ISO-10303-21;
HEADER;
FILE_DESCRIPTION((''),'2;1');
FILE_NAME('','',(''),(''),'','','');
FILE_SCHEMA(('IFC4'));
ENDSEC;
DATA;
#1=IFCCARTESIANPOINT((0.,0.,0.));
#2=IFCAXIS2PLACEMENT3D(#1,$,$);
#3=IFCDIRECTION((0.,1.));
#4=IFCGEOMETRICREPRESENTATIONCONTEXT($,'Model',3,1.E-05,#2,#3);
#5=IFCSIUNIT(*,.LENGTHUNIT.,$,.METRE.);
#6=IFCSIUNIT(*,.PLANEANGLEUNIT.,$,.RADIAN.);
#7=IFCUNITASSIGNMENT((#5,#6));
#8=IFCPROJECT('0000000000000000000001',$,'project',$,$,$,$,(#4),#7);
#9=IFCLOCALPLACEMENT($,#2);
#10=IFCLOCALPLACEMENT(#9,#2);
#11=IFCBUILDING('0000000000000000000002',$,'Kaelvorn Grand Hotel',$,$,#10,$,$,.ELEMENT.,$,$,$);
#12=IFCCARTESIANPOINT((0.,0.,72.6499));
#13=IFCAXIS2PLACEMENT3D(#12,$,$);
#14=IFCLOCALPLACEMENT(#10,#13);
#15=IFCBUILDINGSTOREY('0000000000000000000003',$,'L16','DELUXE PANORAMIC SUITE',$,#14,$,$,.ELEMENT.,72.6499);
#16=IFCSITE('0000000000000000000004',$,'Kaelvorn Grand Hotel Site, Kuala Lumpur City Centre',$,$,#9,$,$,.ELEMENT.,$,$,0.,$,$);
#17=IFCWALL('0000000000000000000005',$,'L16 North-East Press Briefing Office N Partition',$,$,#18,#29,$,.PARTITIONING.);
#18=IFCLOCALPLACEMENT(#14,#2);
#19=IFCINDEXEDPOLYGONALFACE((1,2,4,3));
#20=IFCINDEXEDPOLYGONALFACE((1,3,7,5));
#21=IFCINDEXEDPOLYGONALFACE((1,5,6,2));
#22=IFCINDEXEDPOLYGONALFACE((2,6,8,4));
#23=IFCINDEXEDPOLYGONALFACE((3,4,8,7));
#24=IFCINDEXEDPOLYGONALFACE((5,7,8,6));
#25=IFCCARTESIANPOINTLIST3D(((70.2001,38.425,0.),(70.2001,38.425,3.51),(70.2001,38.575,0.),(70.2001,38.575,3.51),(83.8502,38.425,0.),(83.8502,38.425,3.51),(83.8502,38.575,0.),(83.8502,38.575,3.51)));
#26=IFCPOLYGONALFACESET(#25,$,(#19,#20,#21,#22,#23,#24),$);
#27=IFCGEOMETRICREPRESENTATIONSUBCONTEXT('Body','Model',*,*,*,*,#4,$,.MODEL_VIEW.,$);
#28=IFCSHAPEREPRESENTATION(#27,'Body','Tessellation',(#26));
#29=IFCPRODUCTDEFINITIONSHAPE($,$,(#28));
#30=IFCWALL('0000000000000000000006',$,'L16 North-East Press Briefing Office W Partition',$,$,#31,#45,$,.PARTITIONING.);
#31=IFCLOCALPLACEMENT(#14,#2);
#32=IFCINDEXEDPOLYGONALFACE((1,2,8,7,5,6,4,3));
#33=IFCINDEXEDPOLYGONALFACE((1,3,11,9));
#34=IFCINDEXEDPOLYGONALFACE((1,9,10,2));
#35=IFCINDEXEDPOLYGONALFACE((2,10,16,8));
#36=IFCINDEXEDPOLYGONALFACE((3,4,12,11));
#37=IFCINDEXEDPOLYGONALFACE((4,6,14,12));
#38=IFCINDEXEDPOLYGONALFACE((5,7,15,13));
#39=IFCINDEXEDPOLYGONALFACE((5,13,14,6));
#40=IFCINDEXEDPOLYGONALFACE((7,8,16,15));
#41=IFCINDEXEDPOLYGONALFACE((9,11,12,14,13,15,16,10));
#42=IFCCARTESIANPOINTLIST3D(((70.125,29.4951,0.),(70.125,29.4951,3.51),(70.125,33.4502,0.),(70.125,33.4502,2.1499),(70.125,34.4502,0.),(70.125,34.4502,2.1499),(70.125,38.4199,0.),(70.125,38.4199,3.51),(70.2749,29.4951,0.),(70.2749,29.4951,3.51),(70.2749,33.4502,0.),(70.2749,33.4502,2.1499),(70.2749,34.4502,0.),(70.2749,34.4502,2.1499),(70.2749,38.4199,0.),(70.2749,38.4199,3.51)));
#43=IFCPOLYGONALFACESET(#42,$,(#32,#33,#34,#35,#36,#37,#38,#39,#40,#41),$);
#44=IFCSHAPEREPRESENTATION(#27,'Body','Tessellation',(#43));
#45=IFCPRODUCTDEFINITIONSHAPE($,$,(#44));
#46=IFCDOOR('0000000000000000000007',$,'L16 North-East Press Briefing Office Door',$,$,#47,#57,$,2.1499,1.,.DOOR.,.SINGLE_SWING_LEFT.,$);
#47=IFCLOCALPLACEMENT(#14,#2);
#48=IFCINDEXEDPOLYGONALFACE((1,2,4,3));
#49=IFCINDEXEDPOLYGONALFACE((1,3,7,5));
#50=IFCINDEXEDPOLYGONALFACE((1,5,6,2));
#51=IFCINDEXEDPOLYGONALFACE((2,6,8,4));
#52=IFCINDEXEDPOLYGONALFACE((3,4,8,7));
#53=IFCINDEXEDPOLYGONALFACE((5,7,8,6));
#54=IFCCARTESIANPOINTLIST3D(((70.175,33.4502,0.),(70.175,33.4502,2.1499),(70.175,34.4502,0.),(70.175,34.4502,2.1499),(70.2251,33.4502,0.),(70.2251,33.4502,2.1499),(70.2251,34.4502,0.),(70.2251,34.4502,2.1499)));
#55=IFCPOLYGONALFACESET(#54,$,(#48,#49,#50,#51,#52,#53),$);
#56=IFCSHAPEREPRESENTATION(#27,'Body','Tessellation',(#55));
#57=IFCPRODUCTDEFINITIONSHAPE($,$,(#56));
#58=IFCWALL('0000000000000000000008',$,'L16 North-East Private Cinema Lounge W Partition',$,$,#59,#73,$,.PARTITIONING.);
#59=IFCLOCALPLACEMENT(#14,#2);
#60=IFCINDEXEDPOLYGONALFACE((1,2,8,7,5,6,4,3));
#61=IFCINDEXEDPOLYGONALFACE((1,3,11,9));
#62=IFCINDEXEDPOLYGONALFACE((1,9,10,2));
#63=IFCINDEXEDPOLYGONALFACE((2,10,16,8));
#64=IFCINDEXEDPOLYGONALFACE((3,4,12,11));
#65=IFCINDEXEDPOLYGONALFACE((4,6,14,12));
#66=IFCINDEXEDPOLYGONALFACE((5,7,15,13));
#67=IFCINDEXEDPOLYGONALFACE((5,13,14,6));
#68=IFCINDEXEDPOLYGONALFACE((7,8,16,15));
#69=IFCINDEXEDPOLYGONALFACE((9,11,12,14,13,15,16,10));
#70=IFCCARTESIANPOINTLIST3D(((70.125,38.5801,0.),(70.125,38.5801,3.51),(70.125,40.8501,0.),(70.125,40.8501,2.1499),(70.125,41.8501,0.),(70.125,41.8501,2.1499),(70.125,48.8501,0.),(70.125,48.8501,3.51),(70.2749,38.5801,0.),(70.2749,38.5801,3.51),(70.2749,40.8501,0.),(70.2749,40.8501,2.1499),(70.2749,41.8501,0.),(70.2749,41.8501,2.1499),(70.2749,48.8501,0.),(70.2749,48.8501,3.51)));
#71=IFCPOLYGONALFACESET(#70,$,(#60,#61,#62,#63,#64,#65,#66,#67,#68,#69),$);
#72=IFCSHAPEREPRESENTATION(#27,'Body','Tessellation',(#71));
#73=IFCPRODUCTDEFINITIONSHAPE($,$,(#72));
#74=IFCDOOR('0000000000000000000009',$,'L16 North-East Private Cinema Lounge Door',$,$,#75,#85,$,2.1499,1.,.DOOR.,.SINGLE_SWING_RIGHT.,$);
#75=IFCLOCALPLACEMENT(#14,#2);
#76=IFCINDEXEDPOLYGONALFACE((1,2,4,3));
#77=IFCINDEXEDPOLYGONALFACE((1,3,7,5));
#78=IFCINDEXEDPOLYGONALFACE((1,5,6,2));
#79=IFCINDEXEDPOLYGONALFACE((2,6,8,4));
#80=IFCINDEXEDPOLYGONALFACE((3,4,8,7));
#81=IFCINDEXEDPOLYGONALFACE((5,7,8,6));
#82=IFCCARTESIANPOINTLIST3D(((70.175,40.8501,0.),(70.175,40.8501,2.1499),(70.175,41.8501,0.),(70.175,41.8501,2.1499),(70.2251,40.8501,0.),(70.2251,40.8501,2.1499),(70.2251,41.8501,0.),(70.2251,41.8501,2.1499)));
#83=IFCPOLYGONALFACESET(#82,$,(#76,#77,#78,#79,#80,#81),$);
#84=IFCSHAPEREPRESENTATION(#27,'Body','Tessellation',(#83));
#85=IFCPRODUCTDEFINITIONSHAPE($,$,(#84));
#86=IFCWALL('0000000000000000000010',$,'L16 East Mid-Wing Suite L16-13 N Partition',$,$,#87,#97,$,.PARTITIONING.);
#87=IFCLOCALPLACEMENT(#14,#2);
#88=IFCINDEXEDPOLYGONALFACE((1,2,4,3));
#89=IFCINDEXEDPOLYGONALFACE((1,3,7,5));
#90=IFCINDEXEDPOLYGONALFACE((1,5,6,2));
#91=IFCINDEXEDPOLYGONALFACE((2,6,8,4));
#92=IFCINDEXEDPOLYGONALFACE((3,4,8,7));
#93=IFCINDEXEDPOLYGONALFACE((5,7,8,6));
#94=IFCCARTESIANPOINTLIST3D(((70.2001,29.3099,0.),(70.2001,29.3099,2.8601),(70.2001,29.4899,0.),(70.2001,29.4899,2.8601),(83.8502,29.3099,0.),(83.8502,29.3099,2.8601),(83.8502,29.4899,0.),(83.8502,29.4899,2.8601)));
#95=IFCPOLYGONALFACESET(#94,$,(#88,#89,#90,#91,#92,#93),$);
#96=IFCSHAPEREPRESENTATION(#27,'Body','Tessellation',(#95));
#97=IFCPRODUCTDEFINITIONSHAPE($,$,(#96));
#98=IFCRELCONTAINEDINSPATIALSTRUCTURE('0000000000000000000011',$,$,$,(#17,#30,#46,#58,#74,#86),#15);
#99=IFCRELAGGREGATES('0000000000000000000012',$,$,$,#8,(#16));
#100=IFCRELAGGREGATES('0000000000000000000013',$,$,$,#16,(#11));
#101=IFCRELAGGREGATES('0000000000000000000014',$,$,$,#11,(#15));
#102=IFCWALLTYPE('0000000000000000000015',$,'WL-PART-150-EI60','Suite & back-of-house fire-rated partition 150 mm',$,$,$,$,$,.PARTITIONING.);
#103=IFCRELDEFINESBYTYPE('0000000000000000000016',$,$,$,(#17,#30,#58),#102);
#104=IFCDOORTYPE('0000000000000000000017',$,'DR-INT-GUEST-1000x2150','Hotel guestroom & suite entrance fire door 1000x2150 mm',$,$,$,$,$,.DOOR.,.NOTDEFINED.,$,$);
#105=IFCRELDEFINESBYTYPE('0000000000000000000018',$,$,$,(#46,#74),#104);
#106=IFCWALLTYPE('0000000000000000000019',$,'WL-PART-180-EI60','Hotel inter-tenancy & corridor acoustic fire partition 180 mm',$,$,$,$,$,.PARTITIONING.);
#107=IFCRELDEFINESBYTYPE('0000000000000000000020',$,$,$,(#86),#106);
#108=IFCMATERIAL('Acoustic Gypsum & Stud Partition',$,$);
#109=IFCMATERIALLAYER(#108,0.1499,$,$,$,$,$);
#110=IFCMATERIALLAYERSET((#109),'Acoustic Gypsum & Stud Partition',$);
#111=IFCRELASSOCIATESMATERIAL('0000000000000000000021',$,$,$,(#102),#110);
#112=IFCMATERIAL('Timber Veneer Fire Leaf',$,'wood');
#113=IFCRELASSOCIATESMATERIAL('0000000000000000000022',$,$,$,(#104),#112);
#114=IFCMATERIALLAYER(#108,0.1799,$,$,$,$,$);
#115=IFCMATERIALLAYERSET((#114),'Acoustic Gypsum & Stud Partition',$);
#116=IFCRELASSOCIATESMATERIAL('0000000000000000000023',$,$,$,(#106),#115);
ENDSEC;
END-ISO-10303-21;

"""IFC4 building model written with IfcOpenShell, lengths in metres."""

from ifc_helpers import new_model, si_unit, direction, frame, frame_2d, origin, place, context, subcontext, project, spatial, rectangle, extrude, material, layer, layer_set, type_object, element, fill, save


model = new_model("IFC4")

# Units and contexts
model_context = context("Model", 3, precision=1e-05, world=origin(), true_north=direction((0.0, 1.0)))
body_context = subcontext(model_context, "Body", "Model", "MODEL_VIEW")
ifc_project = project(units=[si_unit("LENGTHUNIT", "METRE"), si_unit("PLANEANGLEUNIT", "RADIAN")], contexts=[model_context])

# Site, building, storey
site_placement = place(None, origin())
site = spatial("IfcSite", under=ifc_project, at=site_placement, Name="Kaelvorn Grand Hotel Site, Kuala Lumpur City Centre", CompositionType="ELEMENT", RefElevation=0.0)
building_placement = place(site_placement, origin())
building = spatial("IfcBuilding", under=site, at=building_placement, Name="Kaelvorn Grand Hotel", CompositionType="ELEMENT")
storey_placement = place(building_placement, frame((0.0, 0.0, 72.6499)))
storey = spatial("IfcBuildingStorey", under=building, at=storey_placement, Name="L16", Description="DELUXE PANORAMIC SUITE", CompositionType="ELEMENT", Elevation=72.6499)

# Wall
ifc_material_1 = material(Name="Acoustic Gypsum & Stud Partition")
ifc_layer_1 = layer(ifc_material_1, 0.1499)
ifc_layer_set_1 = layer_set([ifc_layer_1], Name="Acoustic Gypsum & Stud Partition")
wall_type_1 = type_object("IfcWallType", Name="WL-PART-150-EI60", Description="Suite & back-of-house fire-rated partition 150 mm", PredefinedType="PARTITIONING", material=ifc_layer_set_1)
wall_1_placement = place(storey_placement, frame((70.2, 38.5, 0.0), z_axis=(0.0, 0.0, 1.0), x_axis=(1.0, 0.0, 0.0)))
element("IfcWall", 1, at=wall_1_placement, inside=storey, type_object=wall_type_1, Name="L16 North-East Press Briefing Office N Partition", PredefinedType="PARTITIONING", context=body_context, shape_type="SweptSolid", body=[
    extrude(rectangle(XDim=13.6501, YDim=0.1499, at=frame_2d((6.8252, 0.0))), origin(), (0.0, 0.0, 1.0), 3.51),
])

# Walls, openings, doors
wall_2_placement = place(storey_placement, frame((70.2, 29.4951, 0.0), z_axis=(0.0, 0.0, 1.0), x_axis=(0.0, 1.0, 0.0)))
wall_2 = element("IfcWall", 2, at=wall_2_placement, inside=storey, type_object=wall_type_1, Name="L16 North-East Press Briefing Office W Partition", PredefinedType="PARTITIONING", context=body_context, shape_type="SweptSolid", body=[
    extrude(rectangle(XDim=8.9248, YDim=0.1499, at=frame_2d((4.4624, 0.0))), origin(), (0.0, 0.0, 1.0), 3.51),
])
opening_1_placement = place(wall_2_placement, frame((3.9551, 0.0, 0.0)))
opening_1 = element("IfcOpeningElement", 3, at=opening_1_placement, cuts=wall_2, PredefinedType="OPENING", context=body_context, shape_type="SweptSolid", body=[
    extrude(rectangle(XDim=1.0, YDim=2.1499, at=frame_2d((0.5, 1.075))), frame((0.0, 0.085, 0.0), z_axis=(0.0, -1.0, 0.0), x_axis=(1.0, 0.0, 0.0)), (0.0, 0.0, 1.0), 0.1699),
])
ifc_material_2 = material(Name="Timber Veneer Fire Leaf", Category="wood")
door_type = type_object("IfcDoorType", Name="DR-INT-GUEST-1000x2150", Description="Hotel guestroom & suite entrance fire door 1000x2150 mm", OperationType="NOTDEFINED", PredefinedType="DOOR", material=ifc_material_2)
door_1_placement = place(opening_1_placement, origin())
door_1 = element("IfcDoor", 4, at=door_1_placement, inside=storey, type_object=door_type, Name="L16 North-East Press Briefing Office Door", OperationType="SINGLE_SWING_LEFT", OverallHeight=2.1499, OverallWidth=1.0, PredefinedType="DOOR", context=body_context, shape_type="SweptSolid", body=[
    extrude(rectangle(XDim=1.0, YDim=2.1499, at=frame_2d((0.5, 1.075))), frame((0.0, 0.0249, 0.0), z_axis=(0.0, -1.0, 0.0), x_axis=(1.0, 0.0, 0.0)), (0.0, 0.0, 1.0), 0.05),
])
fill(opening_1, door_1)
wall_3_placement = place(storey_placement, frame((70.2, 38.5801, 0.0), z_axis=(0.0, 0.0, 1.0), x_axis=(0.0, 1.0, 0.0)))
wall_3 = element("IfcWall", 5, at=wall_3_placement, inside=storey, type_object=wall_type_1, Name="L16 North-East Private Cinema Lounge W Partition", PredefinedType="PARTITIONING", context=body_context, shape_type="SweptSolid", body=[
    extrude(rectangle(XDim=10.27, YDim=0.1499, at=frame_2d((5.135, 0.0))), origin(), (0.0, 0.0, 1.0), 3.51),
])
opening_2_placement = place(wall_3_placement, frame((2.27, 0.0, 0.0)))
opening_2 = element("IfcOpeningElement", 6, at=opening_2_placement, cuts=wall_3, PredefinedType="OPENING", context=body_context, shape_type="SweptSolid", body=[
    extrude(rectangle(XDim=1.0, YDim=2.1499, at=frame_2d((0.5, 1.075))), frame((0.0, 0.085, 0.0), z_axis=(0.0, -1.0, 0.0), x_axis=(1.0, 0.0, 0.0)), (0.0, 0.0, 1.0), 0.1699),
])
door_2_placement = place(opening_2_placement, origin())
door_2 = element("IfcDoor", 7, at=door_2_placement, inside=storey, type_object=door_type, Name="L16 North-East Private Cinema Lounge Door", OperationType="SINGLE_SWING_RIGHT", OverallHeight=2.1499, OverallWidth=1.0, PredefinedType="DOOR", context=body_context, shape_type="SweptSolid", body=[
    extrude(rectangle(XDim=1.0, YDim=2.1499, at=frame_2d((0.5, 1.075))), frame((0.0, 0.0249, 0.0), z_axis=(0.0, -1.0, 0.0), x_axis=(1.0, 0.0, 0.0)), (0.0, 0.0, 1.0), 0.05),
])
fill(opening_2, door_2)

# Wall
ifc_layer_2 = layer(ifc_material_1, 0.1799)
ifc_layer_set_2 = layer_set([ifc_layer_2], Name="Acoustic Gypsum & Stud Partition")
wall_type_2 = type_object("IfcWallType", Name="WL-PART-180-EI60", Description="Hotel inter-tenancy & corridor acoustic fire partition 180 mm", PredefinedType="PARTITIONING", material=ifc_layer_set_2)
wall_4_placement = place(storey_placement, frame((70.2, 29.3999, 0.0), z_axis=(0.0, 0.0, 1.0), x_axis=(1.0, 0.0, 0.0)))
element("IfcWall", 8, at=wall_4_placement, inside=storey, type_object=wall_type_2, Name="L16 East Mid-Wing Suite L16-13 N Partition", PredefinedType="PARTITIONING", context=body_context, shape_type="SweptSolid", body=[
    extrude(rectangle(XDim=13.6501, YDim=0.1799, at=frame_2d((6.8252, 0.0))), origin(), (0.0, 0.0, 1.0), 2.8601),
])

save(model, "model.ifc")
